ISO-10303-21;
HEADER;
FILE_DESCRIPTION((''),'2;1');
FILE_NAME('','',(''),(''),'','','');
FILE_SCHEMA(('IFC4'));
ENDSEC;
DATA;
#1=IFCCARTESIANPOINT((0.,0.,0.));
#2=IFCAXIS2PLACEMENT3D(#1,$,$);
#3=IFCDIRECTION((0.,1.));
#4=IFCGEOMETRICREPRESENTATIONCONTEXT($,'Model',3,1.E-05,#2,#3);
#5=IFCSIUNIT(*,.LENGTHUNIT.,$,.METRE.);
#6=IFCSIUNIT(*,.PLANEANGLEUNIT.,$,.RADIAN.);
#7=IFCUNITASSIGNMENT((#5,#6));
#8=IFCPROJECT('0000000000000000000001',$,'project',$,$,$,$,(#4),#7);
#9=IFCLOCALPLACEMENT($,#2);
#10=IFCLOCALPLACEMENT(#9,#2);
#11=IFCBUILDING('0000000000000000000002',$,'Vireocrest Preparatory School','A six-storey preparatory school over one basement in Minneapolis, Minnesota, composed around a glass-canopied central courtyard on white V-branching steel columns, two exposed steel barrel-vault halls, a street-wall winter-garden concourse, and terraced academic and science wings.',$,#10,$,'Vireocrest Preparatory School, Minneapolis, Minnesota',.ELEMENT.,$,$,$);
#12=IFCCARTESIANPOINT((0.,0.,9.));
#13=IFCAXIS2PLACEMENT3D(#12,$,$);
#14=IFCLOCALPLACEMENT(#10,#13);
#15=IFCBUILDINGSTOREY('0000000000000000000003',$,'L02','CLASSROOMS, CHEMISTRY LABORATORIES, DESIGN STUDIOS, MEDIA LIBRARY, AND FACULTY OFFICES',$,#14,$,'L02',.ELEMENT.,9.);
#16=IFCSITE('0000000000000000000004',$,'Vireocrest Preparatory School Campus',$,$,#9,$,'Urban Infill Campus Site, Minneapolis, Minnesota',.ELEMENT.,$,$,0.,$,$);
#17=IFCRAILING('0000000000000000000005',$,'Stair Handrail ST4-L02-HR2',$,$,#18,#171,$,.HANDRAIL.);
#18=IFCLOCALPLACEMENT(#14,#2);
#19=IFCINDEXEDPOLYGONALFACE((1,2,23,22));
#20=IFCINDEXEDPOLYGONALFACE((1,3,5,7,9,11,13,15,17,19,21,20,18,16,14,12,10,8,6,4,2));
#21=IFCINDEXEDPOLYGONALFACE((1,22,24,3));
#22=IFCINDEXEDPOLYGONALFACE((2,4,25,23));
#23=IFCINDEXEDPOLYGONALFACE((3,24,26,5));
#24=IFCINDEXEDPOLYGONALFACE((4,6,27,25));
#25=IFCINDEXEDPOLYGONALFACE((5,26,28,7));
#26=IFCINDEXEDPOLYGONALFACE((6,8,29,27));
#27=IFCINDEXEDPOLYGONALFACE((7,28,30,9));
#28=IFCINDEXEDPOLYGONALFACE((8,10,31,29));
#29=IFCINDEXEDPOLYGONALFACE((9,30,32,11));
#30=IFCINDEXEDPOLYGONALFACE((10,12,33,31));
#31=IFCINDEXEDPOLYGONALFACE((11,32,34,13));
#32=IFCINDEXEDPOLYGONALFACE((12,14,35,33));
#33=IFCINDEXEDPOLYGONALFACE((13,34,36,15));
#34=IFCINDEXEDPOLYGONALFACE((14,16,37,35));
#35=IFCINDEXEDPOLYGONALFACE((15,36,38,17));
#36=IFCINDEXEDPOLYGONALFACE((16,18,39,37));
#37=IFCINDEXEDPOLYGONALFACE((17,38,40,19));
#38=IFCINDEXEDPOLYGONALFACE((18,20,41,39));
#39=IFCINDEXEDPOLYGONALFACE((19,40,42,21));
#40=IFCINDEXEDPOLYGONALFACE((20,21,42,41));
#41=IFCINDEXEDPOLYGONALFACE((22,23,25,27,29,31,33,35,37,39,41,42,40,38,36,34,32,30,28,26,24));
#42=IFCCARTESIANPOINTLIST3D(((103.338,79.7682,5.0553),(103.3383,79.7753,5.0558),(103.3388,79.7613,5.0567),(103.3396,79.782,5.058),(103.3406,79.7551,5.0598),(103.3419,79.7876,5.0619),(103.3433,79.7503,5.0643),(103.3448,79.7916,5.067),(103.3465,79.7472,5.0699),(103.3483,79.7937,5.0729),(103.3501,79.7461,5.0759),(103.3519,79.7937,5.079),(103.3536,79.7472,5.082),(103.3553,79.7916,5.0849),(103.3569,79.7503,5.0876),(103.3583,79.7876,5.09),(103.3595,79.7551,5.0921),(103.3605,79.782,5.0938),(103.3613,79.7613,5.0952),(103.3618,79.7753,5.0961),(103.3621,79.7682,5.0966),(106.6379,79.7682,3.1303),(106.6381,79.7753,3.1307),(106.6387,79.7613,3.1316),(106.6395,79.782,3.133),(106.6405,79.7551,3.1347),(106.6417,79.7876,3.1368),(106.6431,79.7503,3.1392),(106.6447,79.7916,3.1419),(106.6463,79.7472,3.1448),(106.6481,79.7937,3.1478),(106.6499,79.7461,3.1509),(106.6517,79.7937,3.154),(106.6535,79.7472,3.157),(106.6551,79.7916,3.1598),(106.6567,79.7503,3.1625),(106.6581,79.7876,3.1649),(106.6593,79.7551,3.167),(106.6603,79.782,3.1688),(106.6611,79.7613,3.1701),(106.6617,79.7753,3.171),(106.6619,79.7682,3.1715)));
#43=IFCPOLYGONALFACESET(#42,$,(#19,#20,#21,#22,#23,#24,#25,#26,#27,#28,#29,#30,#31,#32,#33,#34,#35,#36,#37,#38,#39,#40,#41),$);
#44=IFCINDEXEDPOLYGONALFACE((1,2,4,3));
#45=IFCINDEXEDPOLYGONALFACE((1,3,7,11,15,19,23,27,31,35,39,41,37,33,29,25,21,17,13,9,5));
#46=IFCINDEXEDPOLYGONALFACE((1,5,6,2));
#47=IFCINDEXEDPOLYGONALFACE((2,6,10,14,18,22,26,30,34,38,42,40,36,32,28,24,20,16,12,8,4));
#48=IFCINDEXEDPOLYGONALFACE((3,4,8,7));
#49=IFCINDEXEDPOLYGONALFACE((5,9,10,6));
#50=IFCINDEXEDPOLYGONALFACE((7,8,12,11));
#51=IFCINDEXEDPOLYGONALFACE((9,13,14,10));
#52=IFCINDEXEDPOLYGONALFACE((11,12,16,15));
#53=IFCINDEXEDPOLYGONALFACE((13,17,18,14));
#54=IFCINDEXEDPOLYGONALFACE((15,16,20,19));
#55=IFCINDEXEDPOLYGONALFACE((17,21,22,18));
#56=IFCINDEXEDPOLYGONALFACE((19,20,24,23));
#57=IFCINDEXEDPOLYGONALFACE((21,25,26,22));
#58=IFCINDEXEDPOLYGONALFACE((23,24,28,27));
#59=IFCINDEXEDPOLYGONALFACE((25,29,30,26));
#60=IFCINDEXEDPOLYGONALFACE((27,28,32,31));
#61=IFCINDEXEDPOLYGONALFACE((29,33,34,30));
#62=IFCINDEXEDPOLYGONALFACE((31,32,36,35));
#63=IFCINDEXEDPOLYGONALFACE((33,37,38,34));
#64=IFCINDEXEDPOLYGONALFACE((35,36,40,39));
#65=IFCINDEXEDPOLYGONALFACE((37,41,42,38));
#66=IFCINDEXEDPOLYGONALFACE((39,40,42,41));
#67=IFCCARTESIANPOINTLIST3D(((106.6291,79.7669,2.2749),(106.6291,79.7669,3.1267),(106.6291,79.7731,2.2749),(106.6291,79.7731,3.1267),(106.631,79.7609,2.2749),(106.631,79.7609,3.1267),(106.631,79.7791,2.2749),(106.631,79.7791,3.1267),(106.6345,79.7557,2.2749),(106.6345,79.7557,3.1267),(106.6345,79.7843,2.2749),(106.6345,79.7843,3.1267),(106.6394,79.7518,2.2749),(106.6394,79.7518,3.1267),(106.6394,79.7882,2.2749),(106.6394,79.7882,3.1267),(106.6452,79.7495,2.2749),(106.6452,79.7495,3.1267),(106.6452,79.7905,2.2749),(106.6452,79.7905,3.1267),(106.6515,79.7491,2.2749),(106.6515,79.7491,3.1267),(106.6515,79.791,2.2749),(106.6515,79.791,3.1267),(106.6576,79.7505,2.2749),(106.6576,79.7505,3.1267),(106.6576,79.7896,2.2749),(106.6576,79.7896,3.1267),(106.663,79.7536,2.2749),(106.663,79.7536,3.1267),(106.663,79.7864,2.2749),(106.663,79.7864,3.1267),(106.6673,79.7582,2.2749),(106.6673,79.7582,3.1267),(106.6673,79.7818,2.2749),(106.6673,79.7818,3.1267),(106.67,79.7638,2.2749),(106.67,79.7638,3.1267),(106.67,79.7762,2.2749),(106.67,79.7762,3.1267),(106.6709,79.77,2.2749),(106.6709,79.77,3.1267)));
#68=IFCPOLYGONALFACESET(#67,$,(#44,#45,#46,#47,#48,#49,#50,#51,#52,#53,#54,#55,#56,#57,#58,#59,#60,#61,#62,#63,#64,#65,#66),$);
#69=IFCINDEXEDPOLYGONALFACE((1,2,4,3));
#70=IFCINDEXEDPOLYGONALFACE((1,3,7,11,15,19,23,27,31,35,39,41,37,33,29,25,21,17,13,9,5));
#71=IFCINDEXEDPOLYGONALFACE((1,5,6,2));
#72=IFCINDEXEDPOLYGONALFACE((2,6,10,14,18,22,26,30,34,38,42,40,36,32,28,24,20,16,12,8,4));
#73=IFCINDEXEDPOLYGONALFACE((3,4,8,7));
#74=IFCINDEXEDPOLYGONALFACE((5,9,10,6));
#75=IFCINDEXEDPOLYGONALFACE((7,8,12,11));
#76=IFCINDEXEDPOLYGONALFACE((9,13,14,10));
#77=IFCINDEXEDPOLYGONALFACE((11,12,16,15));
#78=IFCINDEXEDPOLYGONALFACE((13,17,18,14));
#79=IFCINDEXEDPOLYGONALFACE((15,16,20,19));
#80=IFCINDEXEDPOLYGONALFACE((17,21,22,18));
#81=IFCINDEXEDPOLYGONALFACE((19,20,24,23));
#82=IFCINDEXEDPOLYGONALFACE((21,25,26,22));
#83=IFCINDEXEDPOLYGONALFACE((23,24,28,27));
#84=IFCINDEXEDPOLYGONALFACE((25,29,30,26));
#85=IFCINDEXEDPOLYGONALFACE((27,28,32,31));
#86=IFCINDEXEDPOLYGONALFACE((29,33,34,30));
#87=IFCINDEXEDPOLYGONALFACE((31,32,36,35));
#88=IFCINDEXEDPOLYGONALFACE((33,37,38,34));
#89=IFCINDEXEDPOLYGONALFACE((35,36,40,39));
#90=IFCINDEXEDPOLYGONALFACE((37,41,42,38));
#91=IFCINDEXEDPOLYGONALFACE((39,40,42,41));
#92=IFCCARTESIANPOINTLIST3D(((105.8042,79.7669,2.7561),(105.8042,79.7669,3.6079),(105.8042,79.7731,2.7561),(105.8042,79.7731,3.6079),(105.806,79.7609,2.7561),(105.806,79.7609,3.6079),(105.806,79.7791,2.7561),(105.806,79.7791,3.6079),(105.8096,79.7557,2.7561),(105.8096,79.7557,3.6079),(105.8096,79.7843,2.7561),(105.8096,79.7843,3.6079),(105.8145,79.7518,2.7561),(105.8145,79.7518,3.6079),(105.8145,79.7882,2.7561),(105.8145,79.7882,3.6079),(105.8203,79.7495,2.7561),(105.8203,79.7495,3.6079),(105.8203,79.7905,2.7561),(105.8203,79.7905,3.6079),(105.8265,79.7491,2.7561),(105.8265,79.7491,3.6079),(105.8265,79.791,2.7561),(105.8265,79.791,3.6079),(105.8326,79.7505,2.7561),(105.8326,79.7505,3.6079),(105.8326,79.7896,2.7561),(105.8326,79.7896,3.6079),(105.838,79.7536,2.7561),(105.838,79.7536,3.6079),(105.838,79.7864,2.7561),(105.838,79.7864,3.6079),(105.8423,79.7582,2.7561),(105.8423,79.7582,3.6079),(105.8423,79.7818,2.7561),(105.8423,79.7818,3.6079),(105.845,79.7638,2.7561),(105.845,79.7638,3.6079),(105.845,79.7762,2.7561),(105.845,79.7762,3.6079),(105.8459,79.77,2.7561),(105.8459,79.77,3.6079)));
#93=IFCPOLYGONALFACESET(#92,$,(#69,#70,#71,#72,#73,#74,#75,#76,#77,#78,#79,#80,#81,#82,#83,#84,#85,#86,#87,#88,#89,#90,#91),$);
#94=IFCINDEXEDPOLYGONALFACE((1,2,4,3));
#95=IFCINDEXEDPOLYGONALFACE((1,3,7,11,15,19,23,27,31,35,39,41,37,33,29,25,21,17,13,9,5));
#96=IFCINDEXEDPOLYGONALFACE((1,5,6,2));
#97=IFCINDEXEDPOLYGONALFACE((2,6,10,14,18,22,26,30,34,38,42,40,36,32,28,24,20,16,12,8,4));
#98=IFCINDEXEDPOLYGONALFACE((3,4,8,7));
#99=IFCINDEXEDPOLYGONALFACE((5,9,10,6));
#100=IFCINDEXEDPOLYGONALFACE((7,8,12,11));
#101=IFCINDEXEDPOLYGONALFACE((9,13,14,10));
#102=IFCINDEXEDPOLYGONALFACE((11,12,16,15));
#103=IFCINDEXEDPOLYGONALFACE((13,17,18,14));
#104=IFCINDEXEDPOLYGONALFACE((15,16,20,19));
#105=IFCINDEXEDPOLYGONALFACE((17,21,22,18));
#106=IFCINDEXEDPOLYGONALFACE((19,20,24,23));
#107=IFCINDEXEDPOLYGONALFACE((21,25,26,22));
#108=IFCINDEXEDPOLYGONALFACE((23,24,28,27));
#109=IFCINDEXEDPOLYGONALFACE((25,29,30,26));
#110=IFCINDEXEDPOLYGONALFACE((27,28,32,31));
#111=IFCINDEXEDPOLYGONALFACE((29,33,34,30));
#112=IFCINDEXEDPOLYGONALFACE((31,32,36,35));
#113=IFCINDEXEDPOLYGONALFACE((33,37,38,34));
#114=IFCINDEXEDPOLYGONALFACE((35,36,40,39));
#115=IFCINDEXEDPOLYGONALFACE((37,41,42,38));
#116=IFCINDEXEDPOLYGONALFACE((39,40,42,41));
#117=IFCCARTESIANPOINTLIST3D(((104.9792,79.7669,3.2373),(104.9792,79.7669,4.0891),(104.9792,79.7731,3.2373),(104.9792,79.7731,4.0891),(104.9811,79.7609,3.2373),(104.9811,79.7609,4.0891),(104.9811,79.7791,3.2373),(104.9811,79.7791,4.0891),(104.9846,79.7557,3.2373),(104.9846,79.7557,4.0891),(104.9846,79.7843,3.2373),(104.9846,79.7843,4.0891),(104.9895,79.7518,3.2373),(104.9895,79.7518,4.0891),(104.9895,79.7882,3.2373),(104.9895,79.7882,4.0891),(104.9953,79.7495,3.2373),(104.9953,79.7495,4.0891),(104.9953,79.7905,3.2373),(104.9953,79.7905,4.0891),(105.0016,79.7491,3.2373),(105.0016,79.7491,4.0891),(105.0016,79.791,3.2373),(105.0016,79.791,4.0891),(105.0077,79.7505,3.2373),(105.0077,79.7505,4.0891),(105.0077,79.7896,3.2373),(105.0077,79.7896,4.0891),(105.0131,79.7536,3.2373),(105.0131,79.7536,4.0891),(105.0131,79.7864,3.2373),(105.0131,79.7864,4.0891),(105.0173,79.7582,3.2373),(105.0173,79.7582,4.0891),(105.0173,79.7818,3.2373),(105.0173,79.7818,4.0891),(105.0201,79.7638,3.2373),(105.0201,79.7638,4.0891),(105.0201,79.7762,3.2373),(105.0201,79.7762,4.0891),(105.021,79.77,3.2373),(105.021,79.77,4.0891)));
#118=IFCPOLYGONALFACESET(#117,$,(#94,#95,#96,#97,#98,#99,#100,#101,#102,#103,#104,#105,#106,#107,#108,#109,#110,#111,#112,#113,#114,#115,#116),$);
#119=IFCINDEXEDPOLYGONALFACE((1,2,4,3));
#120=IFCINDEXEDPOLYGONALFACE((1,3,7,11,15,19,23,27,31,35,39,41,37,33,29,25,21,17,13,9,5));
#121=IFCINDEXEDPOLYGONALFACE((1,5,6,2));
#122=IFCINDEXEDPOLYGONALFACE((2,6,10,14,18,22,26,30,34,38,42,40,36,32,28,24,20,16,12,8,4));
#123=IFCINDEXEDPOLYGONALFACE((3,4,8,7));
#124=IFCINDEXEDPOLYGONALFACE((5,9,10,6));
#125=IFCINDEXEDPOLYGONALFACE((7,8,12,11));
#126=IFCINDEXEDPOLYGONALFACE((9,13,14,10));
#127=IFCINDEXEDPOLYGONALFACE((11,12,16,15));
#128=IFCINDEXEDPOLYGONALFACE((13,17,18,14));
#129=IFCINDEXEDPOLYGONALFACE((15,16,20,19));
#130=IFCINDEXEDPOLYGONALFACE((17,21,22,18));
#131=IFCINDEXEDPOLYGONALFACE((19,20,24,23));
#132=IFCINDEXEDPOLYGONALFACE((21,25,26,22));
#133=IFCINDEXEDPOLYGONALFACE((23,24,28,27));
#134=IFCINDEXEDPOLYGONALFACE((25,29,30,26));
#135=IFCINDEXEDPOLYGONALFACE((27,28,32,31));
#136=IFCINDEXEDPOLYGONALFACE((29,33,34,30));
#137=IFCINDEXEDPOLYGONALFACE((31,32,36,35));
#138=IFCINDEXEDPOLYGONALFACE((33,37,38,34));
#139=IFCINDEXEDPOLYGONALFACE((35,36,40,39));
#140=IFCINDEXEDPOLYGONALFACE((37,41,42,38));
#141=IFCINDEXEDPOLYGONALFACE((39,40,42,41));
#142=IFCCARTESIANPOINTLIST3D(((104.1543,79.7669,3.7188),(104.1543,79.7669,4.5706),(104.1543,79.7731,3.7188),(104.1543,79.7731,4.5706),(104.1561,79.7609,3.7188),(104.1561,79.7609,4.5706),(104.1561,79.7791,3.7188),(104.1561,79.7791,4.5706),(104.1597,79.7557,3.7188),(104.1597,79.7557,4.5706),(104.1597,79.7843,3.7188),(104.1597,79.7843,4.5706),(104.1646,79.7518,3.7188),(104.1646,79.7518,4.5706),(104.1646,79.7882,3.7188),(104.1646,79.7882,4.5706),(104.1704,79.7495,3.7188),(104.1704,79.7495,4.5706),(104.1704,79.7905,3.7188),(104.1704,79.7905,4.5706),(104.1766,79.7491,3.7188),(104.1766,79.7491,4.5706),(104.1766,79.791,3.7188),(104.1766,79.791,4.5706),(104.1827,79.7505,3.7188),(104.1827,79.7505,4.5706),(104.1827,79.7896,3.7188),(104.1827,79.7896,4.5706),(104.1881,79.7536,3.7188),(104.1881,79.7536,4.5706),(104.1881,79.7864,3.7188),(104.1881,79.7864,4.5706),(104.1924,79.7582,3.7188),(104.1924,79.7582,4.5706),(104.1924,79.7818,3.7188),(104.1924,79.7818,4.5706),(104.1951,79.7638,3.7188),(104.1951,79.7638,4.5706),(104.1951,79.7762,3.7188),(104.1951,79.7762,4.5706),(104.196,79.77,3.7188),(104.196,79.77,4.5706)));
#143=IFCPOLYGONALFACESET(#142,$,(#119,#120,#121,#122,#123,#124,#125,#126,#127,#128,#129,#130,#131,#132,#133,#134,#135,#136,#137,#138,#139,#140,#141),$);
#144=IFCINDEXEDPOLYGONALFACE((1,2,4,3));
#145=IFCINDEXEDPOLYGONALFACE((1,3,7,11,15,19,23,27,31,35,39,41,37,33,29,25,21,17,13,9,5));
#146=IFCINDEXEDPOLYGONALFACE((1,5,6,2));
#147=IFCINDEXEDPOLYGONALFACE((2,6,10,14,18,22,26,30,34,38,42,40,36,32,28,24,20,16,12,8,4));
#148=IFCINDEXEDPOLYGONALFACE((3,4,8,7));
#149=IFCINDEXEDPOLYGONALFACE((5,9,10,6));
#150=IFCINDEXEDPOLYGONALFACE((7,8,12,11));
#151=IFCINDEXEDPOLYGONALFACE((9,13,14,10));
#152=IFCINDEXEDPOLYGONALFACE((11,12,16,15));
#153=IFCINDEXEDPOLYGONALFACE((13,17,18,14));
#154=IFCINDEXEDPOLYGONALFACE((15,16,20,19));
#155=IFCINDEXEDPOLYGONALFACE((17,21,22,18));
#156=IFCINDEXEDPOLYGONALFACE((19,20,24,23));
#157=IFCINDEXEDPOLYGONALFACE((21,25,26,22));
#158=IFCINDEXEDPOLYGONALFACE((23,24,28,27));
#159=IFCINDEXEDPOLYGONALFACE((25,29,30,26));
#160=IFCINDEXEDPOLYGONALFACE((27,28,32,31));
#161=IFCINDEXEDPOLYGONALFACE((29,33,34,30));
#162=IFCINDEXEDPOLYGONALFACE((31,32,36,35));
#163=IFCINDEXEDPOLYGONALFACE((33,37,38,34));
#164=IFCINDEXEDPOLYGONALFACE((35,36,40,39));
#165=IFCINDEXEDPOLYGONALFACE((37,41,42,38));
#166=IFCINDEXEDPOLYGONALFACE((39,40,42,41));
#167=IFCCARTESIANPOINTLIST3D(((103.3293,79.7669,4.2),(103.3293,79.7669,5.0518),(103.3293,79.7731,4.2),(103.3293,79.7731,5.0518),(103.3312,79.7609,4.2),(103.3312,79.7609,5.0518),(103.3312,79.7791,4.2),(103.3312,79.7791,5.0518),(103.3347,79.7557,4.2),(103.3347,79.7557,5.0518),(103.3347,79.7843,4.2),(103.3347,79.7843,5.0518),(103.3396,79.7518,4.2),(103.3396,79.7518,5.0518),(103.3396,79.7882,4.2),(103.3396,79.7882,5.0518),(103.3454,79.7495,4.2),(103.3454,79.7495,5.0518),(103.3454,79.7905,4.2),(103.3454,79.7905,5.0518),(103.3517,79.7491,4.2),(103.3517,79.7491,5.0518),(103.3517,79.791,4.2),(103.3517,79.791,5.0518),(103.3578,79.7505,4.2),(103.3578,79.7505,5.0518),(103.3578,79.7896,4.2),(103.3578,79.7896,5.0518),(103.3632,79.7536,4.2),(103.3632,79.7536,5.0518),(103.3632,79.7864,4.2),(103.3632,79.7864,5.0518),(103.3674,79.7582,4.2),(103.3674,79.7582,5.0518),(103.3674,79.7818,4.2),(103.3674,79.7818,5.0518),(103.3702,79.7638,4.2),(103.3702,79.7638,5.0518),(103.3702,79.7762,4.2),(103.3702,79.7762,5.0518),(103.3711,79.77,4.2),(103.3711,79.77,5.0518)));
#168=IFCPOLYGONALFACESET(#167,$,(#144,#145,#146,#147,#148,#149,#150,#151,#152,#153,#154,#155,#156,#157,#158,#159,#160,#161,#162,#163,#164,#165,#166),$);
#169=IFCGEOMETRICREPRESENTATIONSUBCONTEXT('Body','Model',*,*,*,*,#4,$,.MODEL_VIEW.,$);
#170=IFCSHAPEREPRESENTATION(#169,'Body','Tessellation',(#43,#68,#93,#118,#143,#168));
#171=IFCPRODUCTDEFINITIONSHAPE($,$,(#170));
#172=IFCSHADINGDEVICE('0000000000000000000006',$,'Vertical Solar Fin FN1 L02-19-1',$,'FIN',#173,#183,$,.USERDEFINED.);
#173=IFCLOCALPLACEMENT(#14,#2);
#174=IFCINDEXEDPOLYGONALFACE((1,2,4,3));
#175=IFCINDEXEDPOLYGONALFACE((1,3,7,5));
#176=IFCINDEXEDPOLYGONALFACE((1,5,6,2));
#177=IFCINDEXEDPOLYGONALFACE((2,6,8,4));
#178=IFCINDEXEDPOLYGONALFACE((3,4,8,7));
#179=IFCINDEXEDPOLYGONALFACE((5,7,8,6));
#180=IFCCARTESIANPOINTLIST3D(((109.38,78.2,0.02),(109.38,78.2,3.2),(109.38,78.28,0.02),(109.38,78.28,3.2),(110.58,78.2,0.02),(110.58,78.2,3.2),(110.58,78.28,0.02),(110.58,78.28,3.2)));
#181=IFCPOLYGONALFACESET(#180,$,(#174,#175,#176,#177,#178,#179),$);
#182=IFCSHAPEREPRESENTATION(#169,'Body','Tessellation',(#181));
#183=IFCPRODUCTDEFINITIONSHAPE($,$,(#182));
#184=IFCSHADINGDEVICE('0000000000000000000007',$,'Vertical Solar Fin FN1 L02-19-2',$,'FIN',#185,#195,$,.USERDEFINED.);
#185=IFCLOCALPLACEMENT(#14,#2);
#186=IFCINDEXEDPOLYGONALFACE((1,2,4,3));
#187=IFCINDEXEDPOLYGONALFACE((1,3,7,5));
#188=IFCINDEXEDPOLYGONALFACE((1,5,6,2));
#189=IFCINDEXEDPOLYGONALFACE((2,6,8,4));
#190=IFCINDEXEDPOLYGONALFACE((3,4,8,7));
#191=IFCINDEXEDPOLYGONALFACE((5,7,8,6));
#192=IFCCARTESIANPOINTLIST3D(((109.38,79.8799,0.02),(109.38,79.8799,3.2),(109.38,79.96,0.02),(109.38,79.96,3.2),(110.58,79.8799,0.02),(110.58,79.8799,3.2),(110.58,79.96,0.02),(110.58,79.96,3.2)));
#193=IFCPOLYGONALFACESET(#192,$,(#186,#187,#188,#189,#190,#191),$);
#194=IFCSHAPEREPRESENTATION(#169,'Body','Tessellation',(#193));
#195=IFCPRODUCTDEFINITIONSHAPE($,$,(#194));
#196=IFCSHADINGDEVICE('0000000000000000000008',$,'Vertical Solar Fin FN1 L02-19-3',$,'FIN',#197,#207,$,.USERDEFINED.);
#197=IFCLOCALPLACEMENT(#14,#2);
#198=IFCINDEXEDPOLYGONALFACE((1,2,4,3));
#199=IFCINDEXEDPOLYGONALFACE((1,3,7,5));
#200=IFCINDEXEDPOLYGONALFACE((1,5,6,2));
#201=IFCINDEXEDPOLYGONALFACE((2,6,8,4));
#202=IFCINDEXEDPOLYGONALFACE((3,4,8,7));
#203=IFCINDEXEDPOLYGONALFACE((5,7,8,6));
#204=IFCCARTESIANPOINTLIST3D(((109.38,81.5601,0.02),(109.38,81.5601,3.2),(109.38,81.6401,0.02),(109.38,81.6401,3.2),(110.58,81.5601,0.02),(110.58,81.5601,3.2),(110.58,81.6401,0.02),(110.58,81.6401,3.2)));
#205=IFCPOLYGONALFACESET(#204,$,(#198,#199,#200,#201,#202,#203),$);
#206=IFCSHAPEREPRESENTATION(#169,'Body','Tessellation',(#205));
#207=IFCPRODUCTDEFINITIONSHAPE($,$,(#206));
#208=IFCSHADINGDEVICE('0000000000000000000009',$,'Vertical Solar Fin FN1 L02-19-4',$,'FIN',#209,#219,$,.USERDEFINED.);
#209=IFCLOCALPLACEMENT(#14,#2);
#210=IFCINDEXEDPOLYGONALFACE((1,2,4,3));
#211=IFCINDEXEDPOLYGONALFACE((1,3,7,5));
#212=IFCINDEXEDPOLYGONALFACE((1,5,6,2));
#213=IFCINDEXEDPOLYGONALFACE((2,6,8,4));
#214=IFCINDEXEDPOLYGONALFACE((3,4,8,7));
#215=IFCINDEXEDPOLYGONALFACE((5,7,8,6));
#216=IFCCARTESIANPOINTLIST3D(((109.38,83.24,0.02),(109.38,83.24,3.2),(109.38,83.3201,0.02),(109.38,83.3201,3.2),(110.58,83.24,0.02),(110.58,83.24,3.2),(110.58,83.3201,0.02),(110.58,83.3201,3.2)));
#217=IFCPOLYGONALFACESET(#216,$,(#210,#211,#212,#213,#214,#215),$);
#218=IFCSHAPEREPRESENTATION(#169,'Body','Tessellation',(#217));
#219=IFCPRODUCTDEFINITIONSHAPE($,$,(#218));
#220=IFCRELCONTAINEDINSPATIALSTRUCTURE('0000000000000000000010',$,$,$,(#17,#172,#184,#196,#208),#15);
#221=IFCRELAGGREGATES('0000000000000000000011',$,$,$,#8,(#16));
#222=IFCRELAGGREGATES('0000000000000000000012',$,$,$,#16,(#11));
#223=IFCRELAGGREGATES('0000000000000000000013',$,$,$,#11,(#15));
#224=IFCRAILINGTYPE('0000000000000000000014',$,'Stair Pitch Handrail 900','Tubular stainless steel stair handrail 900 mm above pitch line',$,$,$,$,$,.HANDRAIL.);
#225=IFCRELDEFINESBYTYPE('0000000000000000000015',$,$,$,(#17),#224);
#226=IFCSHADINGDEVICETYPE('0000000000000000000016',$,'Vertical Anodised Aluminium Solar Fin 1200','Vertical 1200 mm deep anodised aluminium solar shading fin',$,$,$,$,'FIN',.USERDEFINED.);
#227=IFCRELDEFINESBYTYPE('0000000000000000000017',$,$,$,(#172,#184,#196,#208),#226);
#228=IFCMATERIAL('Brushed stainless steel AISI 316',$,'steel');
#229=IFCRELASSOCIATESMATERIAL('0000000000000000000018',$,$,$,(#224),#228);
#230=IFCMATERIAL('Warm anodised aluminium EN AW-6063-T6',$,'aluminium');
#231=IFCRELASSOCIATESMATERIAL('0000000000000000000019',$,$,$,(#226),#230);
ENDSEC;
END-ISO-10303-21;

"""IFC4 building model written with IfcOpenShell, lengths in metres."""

from ifc_helpers import new_model, si_unit, direction, frame, origin, origin_2d, place, context, subcontext, project, spatial, rectangle, circle, extrude, material, material_profile, profile_set, type_object, element, save


model = new_model("IFC4")

# Units and contexts
model_context = context("Model", 3, precision=1e-05, world=origin(), true_north=direction((0.0, 1.0)))
body_context = subcontext(model_context, "Body", "Model", "MODEL_VIEW")
ifc_project = project(units=[si_unit("LENGTHUNIT", "METRE"), si_unit("PLANEANGLEUNIT", "RADIAN")], contexts=[model_context])

# Site, building, storey
site_placement = place(None, origin())
site = spatial("IfcSite", under=ifc_project, at=site_placement, Name="Vireocrest Preparatory School Campus", LongName="Urban Infill Campus Site, Minneapolis, Minnesota", CompositionType="ELEMENT", RefElevation=0.0)
building_placement = place(site_placement, origin())
building = spatial("IfcBuilding", under=site, at=building_placement, Name="Vireocrest Preparatory School", Description="A six-storey preparatory school over one basement in Minneapolis, Minnesota, composed around a glass-canopied central courtyard on white V-branching steel columns, two exposed steel barrel-vault halls, a street-wall winter-garden concourse, and terraced academic and science wings.", LongName="Vireocrest Preparatory School, Minneapolis, Minnesota", CompositionType="ELEMENT")
storey_placement = place(building_placement, frame((0.0, 0.0, 9.0)))
storey = spatial("IfcBuildingStorey", under=building, at=storey_placement, Name="L02", Description="CLASSROOMS, CHEMISTRY LABORATORIES, DESIGN STUDIOS, MEDIA LIBRARY, AND FACULTY OFFICES", LongName="L02", CompositionType="ELEMENT", Elevation=9.0)

# Railing
ifc_material_1 = material(Name="Brushed stainless steel AISI 316", Category="steel")
railing_type_1 = type_object("IfcRailingType", Name="Stair Pitch Handrail 900", Description="Tubular stainless steel stair handrail 900 mm above pitch line", PredefinedType="HANDRAIL", material=ifc_material_1)
railing_1_placement = place(storey_placement, frame((106.6499, 79.77, 2.2749)))
element("IfcRailing", 1, at=railing_1_placement, inside=storey, type_object=railing_type_1, Name="Stair Handrail ST4-L02-HR2", PredefinedType="HANDRAIL", context=body_context, shape_type="SweptSolid", body=[
    extrude(circle(Radius=0.0239, at=origin_2d()), frame((0.0, 0.0, 0.876), z_axis=(-0.86376, 0.0, 0.503903), x_axis=(0.0, -1.0, 0.0)), (0.0, 0.0, 1.0), 3.8203),
    extrude(circle(Radius=0.021, at=origin_2d()), origin(), (0.0, 0.0, 1.0), 0.8518),
    extrude(circle(Radius=0.021, at=origin_2d()), frame((-0.825, 0.0, 0.4812)), (0.0, 0.0, 1.0), 0.8518),
    extrude(circle(Radius=0.021, at=origin_2d()), frame((-1.6499, 0.0, 0.9624)), (0.0, 0.0, 1.0), 0.8518),
    extrude(circle(Radius=0.021, at=origin_2d()), frame((-2.4749, 0.0, 1.4438)), (0.0, 0.0, 1.0), 0.8518),
    extrude(circle(Radius=0.021, at=origin_2d()), frame((-3.2998, 0.0, 1.925)), (0.0, 0.0, 1.0), 0.8518),
])

# Shading devices
ifc_material_2 = material(Name="Warm anodised aluminium EN AW-6063-T6", Category="aluminium")
ifc_material_profile_1 = material_profile(ifc_material_2, rectangle(XDim=0.0801, YDim=1.2, at=origin_2d()), Name="FIN 80x1200")
ifc_profile_set_1 = profile_set([ifc_material_profile_1], Name="Warm anodised aluminium EN AW-6063-T6")
shading_device_type = type_object("IfcShadingDeviceType", Name="Vertical Anodised Aluminium Solar Fin 1200", Description="Vertical 1200 mm deep anodised aluminium solar shading fin", ElementType="FIN", PredefinedType="USERDEFINED", material=ifc_profile_set_1)
for number, where, z_axis, x_axis, name in (
    (2, (109.98, 78.24, 0.02), (0.0, 0.0, 1.0), (0.0, -1.0, 0.0), "Vertical Solar Fin FN1 L02-19-1"),
    (3, (109.98, 79.9199, 0.02), (0.0, 0.0, 1.0), (0.0, -1.0, 0.0), "Vertical Solar Fin FN1 L02-19-2"),
    (4, (109.98, 81.6001, 0.02), (0.0, 0.0, 1.0), (0.0, -1.0, 0.0), "Vertical Solar Fin FN1 L02-19-3"),
    (5, (109.98, 83.28, 0.02), (0.0, 0.0, 1.0), (0.0, -1.0, 0.0), "Vertical Solar Fin FN1 L02-19-4"),
):
    element("IfcShadingDevice", number, at=place(storey_placement, frame(where, z_axis=z_axis, x_axis=x_axis)), inside=storey, type_object=shading_device_type, Name=name, ObjectType="FIN", PredefinedType="USERDEFINED", context=body_context, shape_type="SweptSolid", body=[
        extrude(rectangle(XDim=0.0801, YDim=1.2, at=origin_2d()), origin(), (0.0, 0.0, 1.0), 3.1799),
    ])

save(model, "model.ifc")
